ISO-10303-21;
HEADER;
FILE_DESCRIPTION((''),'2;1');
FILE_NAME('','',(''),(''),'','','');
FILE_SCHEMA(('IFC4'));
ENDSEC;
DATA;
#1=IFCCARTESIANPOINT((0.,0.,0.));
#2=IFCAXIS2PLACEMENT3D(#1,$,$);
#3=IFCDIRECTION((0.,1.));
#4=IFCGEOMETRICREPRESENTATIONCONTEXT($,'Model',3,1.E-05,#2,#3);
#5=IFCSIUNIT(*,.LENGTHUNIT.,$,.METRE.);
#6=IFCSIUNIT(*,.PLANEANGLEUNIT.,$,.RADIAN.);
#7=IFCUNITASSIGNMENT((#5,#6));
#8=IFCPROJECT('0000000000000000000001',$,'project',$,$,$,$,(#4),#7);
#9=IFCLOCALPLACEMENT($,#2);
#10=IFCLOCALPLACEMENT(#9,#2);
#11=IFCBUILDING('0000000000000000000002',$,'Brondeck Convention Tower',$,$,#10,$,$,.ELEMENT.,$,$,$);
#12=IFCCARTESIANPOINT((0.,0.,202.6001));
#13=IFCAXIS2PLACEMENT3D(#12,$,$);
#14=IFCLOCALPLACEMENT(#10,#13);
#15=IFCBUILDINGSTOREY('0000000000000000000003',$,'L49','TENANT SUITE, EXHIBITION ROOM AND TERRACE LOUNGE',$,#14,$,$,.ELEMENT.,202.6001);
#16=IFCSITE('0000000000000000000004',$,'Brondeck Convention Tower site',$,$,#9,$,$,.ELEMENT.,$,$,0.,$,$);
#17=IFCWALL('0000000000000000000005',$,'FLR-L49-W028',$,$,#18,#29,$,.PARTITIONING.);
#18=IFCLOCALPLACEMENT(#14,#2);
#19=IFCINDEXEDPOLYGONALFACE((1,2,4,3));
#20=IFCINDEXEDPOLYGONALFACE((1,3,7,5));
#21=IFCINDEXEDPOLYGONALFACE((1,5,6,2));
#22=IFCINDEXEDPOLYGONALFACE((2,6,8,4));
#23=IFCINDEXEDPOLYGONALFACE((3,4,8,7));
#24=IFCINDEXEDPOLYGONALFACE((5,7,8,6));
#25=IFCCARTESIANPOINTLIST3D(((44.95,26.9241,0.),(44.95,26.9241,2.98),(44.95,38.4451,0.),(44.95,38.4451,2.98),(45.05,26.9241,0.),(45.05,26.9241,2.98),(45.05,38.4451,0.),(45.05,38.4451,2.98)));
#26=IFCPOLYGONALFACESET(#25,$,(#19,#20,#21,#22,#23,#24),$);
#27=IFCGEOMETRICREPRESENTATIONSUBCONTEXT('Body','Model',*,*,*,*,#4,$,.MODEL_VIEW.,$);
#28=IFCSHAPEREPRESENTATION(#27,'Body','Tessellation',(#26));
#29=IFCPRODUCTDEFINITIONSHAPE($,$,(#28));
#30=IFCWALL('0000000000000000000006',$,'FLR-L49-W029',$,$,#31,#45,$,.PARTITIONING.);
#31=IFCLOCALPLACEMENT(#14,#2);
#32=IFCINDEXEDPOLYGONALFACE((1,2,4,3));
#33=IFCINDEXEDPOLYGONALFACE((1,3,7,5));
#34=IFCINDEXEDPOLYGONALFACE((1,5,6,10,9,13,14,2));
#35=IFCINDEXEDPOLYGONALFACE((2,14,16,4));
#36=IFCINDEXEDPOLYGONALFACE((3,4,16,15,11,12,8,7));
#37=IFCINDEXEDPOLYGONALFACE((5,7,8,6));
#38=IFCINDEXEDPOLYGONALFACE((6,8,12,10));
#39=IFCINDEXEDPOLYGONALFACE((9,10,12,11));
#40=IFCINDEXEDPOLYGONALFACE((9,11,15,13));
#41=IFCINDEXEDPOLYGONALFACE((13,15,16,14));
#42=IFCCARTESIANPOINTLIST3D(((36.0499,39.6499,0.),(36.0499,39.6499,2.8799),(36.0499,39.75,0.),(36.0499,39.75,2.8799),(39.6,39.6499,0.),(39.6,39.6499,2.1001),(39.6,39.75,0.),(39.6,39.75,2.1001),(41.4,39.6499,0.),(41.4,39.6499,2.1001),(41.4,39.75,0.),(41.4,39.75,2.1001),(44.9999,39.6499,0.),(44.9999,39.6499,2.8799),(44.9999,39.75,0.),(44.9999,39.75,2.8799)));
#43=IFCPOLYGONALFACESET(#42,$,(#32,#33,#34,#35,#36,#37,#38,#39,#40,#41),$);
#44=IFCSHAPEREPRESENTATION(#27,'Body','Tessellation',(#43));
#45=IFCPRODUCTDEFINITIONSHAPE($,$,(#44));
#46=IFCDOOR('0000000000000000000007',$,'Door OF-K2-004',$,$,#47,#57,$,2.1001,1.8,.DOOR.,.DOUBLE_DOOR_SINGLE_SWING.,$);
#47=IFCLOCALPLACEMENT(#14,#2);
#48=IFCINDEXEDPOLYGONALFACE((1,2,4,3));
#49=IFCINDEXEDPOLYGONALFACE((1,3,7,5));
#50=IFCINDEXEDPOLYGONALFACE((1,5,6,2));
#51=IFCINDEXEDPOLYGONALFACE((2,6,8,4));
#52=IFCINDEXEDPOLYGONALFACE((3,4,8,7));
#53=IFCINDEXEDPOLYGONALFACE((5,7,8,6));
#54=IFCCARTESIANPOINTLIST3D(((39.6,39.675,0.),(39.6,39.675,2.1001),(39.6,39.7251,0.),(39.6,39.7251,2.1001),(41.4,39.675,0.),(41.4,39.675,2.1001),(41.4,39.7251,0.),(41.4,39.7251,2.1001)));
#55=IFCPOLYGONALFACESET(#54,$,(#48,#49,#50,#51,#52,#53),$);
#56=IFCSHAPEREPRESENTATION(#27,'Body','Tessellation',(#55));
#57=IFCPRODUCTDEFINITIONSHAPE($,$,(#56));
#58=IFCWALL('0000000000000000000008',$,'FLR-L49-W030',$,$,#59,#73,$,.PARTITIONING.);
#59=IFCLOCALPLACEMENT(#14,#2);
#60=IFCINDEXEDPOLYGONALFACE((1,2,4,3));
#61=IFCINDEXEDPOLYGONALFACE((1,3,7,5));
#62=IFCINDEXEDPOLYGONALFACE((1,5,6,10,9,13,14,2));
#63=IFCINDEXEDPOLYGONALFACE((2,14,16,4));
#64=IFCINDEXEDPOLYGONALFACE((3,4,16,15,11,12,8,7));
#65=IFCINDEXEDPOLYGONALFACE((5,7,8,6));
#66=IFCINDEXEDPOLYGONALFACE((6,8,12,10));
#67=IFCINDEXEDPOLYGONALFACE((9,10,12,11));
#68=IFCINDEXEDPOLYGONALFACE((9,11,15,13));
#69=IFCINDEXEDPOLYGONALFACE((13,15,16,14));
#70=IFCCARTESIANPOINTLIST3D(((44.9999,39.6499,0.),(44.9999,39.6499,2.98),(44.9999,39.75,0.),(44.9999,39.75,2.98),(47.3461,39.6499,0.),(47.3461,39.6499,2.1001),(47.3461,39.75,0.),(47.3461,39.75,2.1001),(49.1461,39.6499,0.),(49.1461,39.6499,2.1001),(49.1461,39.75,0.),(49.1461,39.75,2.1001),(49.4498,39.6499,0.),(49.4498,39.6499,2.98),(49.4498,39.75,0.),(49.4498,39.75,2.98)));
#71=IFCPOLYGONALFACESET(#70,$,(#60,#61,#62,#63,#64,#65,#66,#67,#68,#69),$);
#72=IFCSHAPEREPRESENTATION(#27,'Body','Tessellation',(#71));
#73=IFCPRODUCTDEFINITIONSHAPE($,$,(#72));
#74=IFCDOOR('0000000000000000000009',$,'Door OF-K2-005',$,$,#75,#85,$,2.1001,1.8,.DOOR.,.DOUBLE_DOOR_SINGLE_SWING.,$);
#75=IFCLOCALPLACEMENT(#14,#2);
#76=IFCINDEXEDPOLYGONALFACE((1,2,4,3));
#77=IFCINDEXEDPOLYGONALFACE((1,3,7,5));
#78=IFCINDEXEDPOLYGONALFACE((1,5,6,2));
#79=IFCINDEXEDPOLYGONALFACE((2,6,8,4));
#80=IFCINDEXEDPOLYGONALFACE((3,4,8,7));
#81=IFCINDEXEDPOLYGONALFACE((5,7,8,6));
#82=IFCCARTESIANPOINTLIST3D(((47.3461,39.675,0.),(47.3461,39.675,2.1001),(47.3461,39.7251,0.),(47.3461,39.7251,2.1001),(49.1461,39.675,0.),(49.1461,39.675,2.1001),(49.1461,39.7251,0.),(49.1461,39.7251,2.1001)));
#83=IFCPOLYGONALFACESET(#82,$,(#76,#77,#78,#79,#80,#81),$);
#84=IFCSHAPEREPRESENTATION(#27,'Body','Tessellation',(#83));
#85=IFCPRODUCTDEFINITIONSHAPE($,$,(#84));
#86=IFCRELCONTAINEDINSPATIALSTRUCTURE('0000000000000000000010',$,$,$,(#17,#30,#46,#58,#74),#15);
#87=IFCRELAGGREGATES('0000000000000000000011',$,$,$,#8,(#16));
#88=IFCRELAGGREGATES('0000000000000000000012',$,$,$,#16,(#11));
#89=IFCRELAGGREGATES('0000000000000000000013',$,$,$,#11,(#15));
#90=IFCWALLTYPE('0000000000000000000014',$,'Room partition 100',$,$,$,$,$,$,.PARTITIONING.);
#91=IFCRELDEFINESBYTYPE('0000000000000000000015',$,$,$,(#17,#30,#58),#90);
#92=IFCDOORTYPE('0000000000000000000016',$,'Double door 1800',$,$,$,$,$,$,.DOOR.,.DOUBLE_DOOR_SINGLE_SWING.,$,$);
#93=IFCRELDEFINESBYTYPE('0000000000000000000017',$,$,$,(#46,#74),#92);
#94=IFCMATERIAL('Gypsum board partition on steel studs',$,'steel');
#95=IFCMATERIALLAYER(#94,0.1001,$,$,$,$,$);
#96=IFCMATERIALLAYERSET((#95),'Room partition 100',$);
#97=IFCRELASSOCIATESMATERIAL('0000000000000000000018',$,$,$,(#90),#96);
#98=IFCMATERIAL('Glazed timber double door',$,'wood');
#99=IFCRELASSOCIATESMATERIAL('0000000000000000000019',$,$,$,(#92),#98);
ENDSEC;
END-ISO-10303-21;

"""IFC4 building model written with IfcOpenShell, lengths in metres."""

from ifc_helpers import new_model, si_unit, direction, frame, frame_2d, origin, place, context, subcontext, project, spatial, rectangle, extrude, material, layer, layer_set, type_object, element, fill, save


model = new_model("IFC4")

# Units and contexts
model_context = context("Model", 3, precision=1e-05, world=origin(), true_north=direction((0.0, 1.0)))
body_context = subcontext(model_context, "Body", "Model", "MODEL_VIEW")
ifc_project = project(units=[si_unit("LENGTHUNIT", "METRE"), si_unit("PLANEANGLEUNIT", "RADIAN")], contexts=[model_context])

# Site, building, storey
site_placement = place(None, origin())
site = spatial("IfcSite", under=ifc_project, at=site_placement, Name="Brondeck Convention Tower site", CompositionType="ELEMENT", RefElevation=0.0)
building_placement = place(site_placement, origin())
building = spatial("IfcBuilding", under=site, at=building_placement, Name="Brondeck Convention Tower", CompositionType="ELEMENT")
storey_placement = place(building_placement, frame((0.0, 0.0, 202.6001)))
storey = spatial("IfcBuildingStorey", under=building, at=storey_placement, Name="L49", Description="TENANT SUITE, EXHIBITION ROOM AND TERRACE LOUNGE", CompositionType="ELEMENT", Elevation=202.6001)

# Wall
ifc_material_1 = material(Name="Gypsum board partition on steel studs", Category="steel")
ifc_layer_1 = layer(ifc_material_1, 0.1001)
ifc_layer_set_1 = layer_set([ifc_layer_1], Name="Room partition 100")
wall_type_1 = type_object("IfcWallType", Name="Room partition 100", PredefinedType="PARTITIONING", material=ifc_layer_set_1)
wall_1_placement = place(storey_placement, frame((45.0, 38.4451, 0.0), z_axis=(0.0, 0.0, 1.0), x_axis=(0.0, -1.0, 0.0)))
element("IfcWall", 1, at=wall_1_placement, inside=storey, type_object=wall_type_1, Name="FLR-L49-W028", PredefinedType="PARTITIONING", context=body_context, shape_type="SweptSolid", body=[
    extrude(rectangle(XDim=11.521, YDim=0.1001, at=frame_2d((5.7605, 0.0))), origin(), (0.0, 0.0, 1.0), 2.98),
])

# Walls, openings, doors
wall_2_placement = place(storey_placement, frame((45.0, 39.7, 0.0), z_axis=(0.0, 0.0, 1.0), x_axis=(-1.0, 0.0, 0.0)))
wall_2 = element("IfcWall", 2, at=wall_2_placement, inside=storey, type_object=wall_type_1, Name="FLR-L49-W029", PredefinedType="PARTITIONING", context=body_context, shape_type="SweptSolid", body=[
    extrude(rectangle(XDim=8.95, YDim=0.1001, at=frame_2d((4.4751, 0.0))), origin(), (0.0, 0.0, 1.0), 2.8799),
])
opening_1_placement = place(wall_2_placement, frame((3.6001, 0.0, 0.0)))
opening_1 = element("IfcOpeningElement", 3, at=opening_1_placement, cuts=wall_2, PredefinedType="OPENING", context=body_context, shape_type="SweptSolid", body=[
    extrude(rectangle(XDim=1.8, YDim=2.1001, at=frame_2d((0.8999, 1.05))), frame((0.0, 0.0601, 0.0), z_axis=(0.0, -1.0, 0.0), x_axis=(1.0, 0.0, 0.0)), (0.0, 0.0, 1.0), 0.1201),
])
ifc_material_2 = material(Name="Glazed timber double door", Category="wood")
door_type = type_object("IfcDoorType", Name="Double door 1800", OperationType="DOUBLE_DOOR_SINGLE_SWING", PredefinedType="DOOR", material=ifc_material_2)
door_1_placement = place(opening_1_placement, origin())
door_1 = element("IfcDoor", 4, at=door_1_placement, inside=storey, type_object=door_type, Name="Door OF-K2-004", OperationType="DOUBLE_DOOR_SINGLE_SWING", OverallHeight=2.1001, OverallWidth=1.8, PredefinedType="DOOR", context=body_context, shape_type="SweptSolid", body=[
    extrude(rectangle(XDim=1.8, YDim=2.1001, at=frame_2d((0.8999, 1.05))), frame((0.0, 0.0249, 0.0), z_axis=(0.0, -1.0, 0.0), x_axis=(1.0, 0.0, 0.0)), (0.0, 0.0, 1.0), 0.05),
])
fill(opening_1, door_1)
wall_3_placement = place(storey_placement, frame((49.45, 39.7, 0.0), z_axis=(0.0, 0.0, 1.0), x_axis=(-1.0, 0.0, 0.0)))
wall_3 = element("IfcWall", 5, at=wall_3_placement, inside=storey, type_object=wall_type_1, Name="FLR-L49-W030", PredefinedType="PARTITIONING", context=body_context, shape_type="SweptSolid", body=[
    extrude(rectangle(XDim=4.45, YDim=0.1001, at=frame_2d((2.2251, 0.0))), origin(), (0.0, 0.0, 1.0), 2.98),
])
opening_2_placement = place(wall_3_placement, frame((0.304, 0.0, 0.0)))
opening_2 = element("IfcOpeningElement", 6, at=opening_2_placement, cuts=wall_3, PredefinedType="OPENING", context=body_context, shape_type="SweptSolid", body=[
    extrude(rectangle(XDim=1.8, YDim=2.1001, at=frame_2d((0.8999, 1.05))), frame((0.0, 0.0601, 0.0), z_axis=(0.0, -1.0, 0.0), x_axis=(1.0, 0.0, 0.0)), (0.0, 0.0, 1.0), 0.1201),
])
door_2_placement = place(opening_2_placement, origin())
door_2 = element("IfcDoor", 7, at=door_2_placement, inside=storey, type_object=door_type, Name="Door OF-K2-005", OperationType="DOUBLE_DOOR_SINGLE_SWING", OverallHeight=2.1001, OverallWidth=1.8, PredefinedType="DOOR", context=body_context, shape_type="SweptSolid", body=[
    extrude(rectangle(XDim=1.8, YDim=2.1001, at=frame_2d((0.8999, 1.05))), frame((0.0, 0.0249, 0.0), z_axis=(0.0, -1.0, 0.0), x_axis=(1.0, 0.0, 0.0)), (0.0, 0.0, 1.0), 0.05),
])
fill(opening_2, door_2)

save(model, "model.ifc")
